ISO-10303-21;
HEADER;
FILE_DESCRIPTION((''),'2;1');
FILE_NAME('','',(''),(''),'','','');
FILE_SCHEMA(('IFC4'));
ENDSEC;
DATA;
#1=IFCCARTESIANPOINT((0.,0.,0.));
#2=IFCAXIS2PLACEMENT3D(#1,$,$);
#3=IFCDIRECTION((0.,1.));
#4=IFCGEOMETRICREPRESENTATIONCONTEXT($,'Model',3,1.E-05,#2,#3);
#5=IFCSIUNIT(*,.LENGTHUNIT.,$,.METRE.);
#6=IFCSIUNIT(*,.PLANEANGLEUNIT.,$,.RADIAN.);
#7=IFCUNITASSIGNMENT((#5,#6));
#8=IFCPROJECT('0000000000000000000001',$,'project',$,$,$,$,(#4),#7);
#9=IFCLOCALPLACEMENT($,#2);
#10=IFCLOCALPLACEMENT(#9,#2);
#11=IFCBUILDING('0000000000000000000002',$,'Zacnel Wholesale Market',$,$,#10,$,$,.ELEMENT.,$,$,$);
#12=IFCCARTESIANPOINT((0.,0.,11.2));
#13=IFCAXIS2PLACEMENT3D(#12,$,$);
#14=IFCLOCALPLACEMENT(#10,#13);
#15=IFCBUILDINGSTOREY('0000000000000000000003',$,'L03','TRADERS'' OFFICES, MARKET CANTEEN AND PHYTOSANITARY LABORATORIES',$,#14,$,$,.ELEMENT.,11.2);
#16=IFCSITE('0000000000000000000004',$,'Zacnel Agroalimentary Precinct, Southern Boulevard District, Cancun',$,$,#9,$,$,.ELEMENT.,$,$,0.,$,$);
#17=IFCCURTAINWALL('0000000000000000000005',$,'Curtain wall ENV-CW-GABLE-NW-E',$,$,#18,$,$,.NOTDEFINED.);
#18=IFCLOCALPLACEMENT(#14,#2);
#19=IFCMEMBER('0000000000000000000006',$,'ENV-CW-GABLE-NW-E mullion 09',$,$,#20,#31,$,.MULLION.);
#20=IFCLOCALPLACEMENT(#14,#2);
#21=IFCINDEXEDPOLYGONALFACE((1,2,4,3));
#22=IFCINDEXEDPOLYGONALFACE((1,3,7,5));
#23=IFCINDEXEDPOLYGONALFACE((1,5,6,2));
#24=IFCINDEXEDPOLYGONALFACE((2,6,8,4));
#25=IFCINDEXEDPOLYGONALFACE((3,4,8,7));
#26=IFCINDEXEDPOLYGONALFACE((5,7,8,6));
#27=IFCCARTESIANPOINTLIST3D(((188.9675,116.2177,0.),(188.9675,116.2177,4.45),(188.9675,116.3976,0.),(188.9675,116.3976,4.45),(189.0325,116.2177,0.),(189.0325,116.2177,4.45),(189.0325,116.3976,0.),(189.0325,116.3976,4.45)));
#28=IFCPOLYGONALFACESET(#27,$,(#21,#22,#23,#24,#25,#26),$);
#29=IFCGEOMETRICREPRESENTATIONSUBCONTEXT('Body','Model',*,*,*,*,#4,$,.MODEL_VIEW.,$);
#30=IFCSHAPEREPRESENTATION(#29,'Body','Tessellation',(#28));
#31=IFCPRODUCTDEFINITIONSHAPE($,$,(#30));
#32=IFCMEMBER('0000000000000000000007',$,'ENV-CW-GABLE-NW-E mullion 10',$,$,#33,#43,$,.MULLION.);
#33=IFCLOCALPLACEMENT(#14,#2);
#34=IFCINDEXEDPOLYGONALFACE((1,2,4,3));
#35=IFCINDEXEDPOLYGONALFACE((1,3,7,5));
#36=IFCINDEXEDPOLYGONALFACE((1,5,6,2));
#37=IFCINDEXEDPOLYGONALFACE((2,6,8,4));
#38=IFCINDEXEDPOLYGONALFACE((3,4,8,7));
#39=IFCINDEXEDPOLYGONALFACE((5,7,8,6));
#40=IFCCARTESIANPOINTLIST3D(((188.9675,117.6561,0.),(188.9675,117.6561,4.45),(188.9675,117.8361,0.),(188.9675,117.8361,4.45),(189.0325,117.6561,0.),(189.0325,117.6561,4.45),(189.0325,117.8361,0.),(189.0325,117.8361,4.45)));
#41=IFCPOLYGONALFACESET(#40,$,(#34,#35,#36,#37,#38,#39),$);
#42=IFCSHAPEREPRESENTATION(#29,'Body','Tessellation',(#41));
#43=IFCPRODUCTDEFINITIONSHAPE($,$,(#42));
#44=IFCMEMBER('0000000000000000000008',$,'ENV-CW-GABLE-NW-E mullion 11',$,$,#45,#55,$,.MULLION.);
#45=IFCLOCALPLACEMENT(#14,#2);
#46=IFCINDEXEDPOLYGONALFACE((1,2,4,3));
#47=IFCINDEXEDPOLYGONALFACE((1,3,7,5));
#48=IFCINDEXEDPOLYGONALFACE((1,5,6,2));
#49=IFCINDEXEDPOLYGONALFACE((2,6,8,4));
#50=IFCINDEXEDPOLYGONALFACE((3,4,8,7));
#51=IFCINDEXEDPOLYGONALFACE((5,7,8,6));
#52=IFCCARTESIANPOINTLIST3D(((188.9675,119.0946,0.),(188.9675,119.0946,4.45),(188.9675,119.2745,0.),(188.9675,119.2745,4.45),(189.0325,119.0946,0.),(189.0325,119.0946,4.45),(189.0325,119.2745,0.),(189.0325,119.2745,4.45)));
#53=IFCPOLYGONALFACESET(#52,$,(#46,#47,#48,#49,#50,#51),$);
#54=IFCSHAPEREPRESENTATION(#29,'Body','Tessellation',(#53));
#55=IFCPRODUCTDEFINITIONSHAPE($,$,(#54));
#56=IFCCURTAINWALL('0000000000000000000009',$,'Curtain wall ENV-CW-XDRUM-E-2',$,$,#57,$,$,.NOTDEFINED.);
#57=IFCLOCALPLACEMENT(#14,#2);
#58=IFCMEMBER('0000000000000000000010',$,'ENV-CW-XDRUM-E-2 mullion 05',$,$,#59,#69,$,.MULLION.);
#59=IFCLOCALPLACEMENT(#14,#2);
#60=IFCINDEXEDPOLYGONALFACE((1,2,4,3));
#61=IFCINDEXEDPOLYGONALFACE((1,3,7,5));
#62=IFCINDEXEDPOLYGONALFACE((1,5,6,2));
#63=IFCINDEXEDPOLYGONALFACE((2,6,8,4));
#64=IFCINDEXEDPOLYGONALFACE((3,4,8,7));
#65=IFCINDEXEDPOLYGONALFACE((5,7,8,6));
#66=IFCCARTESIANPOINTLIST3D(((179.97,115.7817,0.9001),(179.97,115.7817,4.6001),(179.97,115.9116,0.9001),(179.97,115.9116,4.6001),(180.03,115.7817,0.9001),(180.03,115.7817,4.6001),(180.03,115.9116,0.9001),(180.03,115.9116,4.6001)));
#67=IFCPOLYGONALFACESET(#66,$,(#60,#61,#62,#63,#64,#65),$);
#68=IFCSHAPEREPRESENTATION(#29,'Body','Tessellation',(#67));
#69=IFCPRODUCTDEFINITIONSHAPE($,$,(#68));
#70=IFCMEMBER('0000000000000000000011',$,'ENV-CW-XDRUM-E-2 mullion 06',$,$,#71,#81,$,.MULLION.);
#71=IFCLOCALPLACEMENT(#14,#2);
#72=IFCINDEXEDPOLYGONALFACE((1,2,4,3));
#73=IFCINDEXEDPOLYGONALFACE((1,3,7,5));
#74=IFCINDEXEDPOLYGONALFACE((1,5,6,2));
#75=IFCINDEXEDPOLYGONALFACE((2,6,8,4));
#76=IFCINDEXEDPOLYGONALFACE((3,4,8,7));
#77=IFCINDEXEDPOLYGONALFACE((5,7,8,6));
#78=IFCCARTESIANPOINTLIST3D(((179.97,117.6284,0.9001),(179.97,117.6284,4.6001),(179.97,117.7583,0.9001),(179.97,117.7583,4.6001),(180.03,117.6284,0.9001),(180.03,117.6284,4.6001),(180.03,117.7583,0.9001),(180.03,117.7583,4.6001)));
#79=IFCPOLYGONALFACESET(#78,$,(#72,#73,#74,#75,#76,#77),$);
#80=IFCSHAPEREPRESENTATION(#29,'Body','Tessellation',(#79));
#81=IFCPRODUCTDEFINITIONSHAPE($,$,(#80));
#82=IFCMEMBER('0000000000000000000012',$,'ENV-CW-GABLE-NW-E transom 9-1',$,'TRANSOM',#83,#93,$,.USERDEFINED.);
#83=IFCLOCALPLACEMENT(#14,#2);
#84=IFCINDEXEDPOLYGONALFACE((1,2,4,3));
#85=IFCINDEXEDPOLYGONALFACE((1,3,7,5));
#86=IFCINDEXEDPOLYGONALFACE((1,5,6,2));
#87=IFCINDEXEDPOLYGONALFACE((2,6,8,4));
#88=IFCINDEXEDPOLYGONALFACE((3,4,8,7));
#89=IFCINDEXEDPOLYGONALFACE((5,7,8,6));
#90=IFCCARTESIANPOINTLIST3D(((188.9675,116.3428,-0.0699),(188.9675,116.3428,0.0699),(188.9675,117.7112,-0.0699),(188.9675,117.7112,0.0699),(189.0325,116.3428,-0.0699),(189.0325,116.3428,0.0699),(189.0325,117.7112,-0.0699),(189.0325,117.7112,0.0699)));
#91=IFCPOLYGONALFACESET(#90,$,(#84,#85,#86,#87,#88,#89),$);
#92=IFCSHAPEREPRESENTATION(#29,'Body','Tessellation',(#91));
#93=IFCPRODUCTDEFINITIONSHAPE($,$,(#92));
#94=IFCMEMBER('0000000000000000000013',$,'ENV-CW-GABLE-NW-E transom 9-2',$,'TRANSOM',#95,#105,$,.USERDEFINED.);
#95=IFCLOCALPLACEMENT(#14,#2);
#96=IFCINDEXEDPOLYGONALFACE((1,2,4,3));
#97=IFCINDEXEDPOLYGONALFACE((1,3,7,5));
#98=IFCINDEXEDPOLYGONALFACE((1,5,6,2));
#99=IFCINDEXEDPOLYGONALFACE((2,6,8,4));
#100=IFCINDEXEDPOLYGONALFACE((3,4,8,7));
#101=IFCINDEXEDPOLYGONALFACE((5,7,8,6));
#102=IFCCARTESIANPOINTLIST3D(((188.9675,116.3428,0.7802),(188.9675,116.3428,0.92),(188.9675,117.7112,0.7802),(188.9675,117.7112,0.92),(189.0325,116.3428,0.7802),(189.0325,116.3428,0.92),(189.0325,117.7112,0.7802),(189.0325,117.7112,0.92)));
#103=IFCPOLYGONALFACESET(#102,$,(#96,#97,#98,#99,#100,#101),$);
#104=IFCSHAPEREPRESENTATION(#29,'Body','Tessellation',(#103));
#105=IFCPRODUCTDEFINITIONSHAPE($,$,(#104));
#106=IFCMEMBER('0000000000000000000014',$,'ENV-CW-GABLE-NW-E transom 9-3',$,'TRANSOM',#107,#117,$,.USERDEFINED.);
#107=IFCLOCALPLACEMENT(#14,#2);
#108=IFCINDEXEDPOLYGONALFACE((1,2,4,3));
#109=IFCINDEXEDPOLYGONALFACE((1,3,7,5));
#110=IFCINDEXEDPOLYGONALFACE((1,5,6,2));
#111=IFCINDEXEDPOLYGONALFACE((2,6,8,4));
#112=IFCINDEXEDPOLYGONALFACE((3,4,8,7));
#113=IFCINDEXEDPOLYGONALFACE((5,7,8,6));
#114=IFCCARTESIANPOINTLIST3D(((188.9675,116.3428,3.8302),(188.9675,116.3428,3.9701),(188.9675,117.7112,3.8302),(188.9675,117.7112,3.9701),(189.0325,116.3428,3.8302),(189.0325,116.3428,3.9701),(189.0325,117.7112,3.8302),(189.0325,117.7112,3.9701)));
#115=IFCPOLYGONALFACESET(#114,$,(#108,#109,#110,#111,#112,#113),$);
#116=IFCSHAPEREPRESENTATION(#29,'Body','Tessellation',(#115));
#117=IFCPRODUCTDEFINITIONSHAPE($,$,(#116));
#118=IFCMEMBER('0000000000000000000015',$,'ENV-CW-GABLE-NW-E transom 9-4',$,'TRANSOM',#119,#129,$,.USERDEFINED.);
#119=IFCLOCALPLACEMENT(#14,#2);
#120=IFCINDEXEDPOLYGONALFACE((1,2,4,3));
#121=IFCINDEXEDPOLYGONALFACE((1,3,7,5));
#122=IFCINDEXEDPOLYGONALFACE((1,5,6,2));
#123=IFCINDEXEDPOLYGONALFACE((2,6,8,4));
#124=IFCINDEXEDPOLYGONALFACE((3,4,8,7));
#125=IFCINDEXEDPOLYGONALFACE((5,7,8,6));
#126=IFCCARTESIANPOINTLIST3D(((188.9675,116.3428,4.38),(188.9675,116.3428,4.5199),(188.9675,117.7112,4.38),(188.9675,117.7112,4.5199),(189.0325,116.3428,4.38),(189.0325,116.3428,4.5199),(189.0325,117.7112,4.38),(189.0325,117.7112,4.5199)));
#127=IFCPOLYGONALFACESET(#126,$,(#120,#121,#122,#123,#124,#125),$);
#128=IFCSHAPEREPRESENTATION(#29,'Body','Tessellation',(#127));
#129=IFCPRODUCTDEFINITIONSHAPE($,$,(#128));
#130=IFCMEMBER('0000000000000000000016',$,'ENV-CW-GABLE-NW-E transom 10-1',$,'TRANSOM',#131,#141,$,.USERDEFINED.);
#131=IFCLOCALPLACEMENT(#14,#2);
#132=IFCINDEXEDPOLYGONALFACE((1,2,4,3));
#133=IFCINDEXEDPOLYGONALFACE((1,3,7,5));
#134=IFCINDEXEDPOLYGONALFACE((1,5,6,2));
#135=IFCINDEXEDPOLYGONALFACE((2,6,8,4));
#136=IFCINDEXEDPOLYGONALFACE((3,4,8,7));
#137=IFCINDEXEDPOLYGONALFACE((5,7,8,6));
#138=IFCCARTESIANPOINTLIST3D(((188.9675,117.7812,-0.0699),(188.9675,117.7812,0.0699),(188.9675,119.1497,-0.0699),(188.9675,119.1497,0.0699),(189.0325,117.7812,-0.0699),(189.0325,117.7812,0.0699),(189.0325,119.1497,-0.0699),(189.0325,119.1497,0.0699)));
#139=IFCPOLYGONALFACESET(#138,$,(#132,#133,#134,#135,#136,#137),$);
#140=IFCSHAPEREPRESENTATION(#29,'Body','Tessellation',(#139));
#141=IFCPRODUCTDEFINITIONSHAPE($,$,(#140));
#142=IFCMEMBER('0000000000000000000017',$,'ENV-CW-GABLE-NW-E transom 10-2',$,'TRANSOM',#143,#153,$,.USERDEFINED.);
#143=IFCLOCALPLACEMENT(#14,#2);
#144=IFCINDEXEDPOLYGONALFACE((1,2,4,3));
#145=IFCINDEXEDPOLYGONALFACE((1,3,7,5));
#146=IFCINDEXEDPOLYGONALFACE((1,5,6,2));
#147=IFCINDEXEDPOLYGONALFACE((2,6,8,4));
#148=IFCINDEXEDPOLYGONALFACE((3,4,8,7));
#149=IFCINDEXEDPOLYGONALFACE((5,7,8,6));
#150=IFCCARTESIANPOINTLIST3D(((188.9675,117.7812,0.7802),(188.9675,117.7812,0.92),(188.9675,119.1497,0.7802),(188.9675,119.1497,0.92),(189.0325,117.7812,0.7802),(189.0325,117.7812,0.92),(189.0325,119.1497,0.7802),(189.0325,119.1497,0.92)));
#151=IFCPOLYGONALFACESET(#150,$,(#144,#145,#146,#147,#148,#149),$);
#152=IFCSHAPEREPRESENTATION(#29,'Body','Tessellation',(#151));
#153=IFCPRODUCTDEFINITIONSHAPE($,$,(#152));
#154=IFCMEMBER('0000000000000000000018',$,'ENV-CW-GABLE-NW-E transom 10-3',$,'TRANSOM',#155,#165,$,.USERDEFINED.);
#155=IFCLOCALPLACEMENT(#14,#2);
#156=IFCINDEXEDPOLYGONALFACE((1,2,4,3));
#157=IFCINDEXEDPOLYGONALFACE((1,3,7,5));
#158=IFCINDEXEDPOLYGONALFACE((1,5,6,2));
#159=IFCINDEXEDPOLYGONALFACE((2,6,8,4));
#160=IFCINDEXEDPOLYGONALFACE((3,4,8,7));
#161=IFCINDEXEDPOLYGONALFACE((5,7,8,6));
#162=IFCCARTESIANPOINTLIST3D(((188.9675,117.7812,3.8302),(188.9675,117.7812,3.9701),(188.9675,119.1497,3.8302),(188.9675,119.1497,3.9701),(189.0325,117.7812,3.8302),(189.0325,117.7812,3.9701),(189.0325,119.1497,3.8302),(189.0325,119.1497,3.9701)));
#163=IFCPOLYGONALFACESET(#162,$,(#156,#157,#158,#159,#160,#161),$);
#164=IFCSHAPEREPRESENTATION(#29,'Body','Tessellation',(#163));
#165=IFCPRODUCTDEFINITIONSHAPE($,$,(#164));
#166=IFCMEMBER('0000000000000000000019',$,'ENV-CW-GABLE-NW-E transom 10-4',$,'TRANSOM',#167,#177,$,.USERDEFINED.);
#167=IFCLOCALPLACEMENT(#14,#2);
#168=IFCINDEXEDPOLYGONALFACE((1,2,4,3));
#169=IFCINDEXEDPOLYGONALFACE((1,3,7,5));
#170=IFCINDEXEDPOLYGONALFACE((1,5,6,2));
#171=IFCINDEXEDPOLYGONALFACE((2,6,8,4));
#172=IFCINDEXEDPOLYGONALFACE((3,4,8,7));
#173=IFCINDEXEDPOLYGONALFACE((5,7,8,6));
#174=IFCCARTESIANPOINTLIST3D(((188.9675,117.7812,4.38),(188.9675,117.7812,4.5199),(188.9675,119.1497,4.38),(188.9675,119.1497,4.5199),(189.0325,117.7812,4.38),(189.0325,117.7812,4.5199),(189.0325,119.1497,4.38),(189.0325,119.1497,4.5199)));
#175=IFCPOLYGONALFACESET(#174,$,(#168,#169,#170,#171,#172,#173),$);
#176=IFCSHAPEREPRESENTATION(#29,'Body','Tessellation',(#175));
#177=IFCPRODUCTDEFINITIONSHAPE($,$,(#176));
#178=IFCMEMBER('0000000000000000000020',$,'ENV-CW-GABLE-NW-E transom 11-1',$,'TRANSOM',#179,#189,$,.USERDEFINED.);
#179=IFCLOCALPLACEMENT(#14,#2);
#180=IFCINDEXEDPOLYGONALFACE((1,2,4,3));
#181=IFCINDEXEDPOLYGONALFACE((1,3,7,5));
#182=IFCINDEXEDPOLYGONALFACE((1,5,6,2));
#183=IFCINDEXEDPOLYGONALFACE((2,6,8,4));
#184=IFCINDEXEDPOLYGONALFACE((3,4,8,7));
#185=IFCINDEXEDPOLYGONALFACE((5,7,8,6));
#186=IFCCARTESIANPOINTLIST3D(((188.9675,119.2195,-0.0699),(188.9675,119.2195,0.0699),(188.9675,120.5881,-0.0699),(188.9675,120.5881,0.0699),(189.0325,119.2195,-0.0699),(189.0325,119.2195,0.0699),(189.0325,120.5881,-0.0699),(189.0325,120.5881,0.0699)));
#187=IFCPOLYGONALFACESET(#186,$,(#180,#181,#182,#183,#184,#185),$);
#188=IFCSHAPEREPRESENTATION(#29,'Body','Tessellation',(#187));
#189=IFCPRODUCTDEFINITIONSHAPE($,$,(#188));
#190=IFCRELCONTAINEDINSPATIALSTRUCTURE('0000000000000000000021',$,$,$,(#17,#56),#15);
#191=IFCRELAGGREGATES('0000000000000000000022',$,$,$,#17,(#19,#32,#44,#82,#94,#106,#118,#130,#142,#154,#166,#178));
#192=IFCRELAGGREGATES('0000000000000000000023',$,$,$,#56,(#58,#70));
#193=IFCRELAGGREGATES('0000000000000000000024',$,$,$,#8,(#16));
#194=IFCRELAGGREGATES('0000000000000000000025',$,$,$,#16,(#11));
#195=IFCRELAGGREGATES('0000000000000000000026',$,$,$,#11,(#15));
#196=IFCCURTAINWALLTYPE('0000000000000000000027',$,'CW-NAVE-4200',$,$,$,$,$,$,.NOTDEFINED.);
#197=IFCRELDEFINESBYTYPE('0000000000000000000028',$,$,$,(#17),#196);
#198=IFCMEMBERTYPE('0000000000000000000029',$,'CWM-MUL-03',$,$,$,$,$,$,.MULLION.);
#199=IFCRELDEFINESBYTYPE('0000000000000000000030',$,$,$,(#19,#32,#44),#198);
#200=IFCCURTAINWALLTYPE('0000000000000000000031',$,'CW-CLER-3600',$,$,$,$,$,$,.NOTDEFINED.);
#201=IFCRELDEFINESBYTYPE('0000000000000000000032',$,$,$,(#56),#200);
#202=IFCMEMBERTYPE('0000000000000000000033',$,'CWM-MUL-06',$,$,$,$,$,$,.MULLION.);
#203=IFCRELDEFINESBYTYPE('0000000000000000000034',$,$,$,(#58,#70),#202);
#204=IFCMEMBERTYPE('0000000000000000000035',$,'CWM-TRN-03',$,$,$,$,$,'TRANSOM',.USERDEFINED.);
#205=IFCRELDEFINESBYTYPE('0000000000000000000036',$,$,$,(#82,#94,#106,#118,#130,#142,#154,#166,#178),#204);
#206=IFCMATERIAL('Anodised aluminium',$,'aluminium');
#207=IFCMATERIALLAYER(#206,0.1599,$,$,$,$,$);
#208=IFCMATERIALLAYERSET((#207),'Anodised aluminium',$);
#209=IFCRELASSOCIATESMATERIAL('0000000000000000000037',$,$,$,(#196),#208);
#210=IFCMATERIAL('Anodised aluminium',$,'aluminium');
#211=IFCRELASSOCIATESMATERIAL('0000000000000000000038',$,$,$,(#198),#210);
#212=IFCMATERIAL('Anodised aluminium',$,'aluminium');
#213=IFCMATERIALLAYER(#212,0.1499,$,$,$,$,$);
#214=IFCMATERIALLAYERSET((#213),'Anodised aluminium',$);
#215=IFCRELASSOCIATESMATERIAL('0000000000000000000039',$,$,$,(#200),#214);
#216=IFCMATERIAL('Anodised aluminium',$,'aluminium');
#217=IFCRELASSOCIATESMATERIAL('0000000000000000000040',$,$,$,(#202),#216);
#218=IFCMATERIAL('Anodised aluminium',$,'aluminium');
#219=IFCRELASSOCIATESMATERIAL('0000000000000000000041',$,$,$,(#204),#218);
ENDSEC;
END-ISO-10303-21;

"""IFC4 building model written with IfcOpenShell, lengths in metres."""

from ifc_helpers import new_model, si_unit, direction, frame, origin, origin_2d, place, context, subcontext, project, spatial, rectangle, extrude, material, layer, layer_set, material_profile, profile_set, type_object, element, aggregate, save


model = new_model("IFC4")

# Units and contexts
model_context = context("Model", 3, precision=1e-05, world=origin(), true_north=direction((0.0, 1.0)))
body_context = subcontext(model_context, "Body", "Model", "MODEL_VIEW")
ifc_project = project(units=[si_unit("LENGTHUNIT", "METRE"), si_unit("PLANEANGLEUNIT", "RADIAN")], contexts=[model_context])

# Site, building, storey
site_placement = place(None, origin())
site = spatial("IfcSite", under=ifc_project, at=site_placement, Name="Zacnel Agroalimentary Precinct, Southern Boulevard District, Cancun", CompositionType="ELEMENT", RefElevation=0.0)
building_placement = place(site_placement, origin())
building = spatial("IfcBuilding", under=site, at=building_placement, Name="Zacnel Wholesale Market", CompositionType="ELEMENT")
storey_placement = place(building_placement, frame((0.0, 0.0, 11.2)))
storey = spatial("IfcBuildingStorey", under=building, at=storey_placement, Name="L03", Description="TRADERS' OFFICES, MARKET CANTEEN AND PHYTOSANITARY LABORATORIES", CompositionType="ELEMENT", Elevation=11.2)

# Curtain walls, members
ifc_material_1 = material(Name="Anodised aluminium", Category="aluminium")
ifc_layer_1 = layer(ifc_material_1, 0.1599)
ifc_layer_set_1 = layer_set([ifc_layer_1], Name="Anodised aluminium")
curtain_wall_type_1 = type_object("IfcCurtainWallType", Name="CW-NAVE-4200", PredefinedType="NOTDEFINED", material=ifc_layer_set_1)
curtain_wall_1_placement = place(storey_placement, origin())
curtain_wall_1 = element("IfcCurtainWall", 1, at=curtain_wall_1_placement, inside=storey, type_object=curtain_wall_type_1, Name="Curtain wall ENV-CW-GABLE-NW-E", PredefinedType="NOTDEFINED")
ifc_material_2 = material(Name="Anodised aluminium", Category="aluminium")
ifc_material_profile_1 = material_profile(ifc_material_2, rectangle(XDim=0.0649, YDim=0.1799, at=origin_2d()), Name="AW-MULLION 65x180")
ifc_profile_set_1 = profile_set([ifc_material_profile_1], Name="Anodised aluminium")
member_type_1 = type_object("IfcMemberType", Name="CWM-MUL-03", PredefinedType="MULLION", material=ifc_profile_set_1)
member_1_placement = place(storey_placement, frame((189.0, 116.3076, 0.0), z_axis=(0.0, 0.0, 1.0), x_axis=(1.0, 0.0, 0.0)))
member_1 = element("IfcMember", 2, at=member_1_placement, type_object=member_type_1, Name="ENV-CW-GABLE-NW-E mullion 09", PredefinedType="MULLION", context=body_context, shape_type="SweptSolid", body=[
    extrude(rectangle(XDim=0.0649, YDim=0.1799, at=origin_2d()), origin(), (0.0, 0.0, 1.0), 4.45),
])
member_2_placement = place(storey_placement, frame((189.0, 117.7461, 0.0), z_axis=(0.0, 0.0, 1.0), x_axis=(1.0, 0.0, 0.0)))
member_2 = element("IfcMember", 3, at=member_2_placement, type_object=member_type_1, Name="ENV-CW-GABLE-NW-E mullion 10", PredefinedType="MULLION", context=body_context, shape_type="SweptSolid", body=[
    extrude(rectangle(XDim=0.0649, YDim=0.1799, at=origin_2d()), origin(), (0.0, 0.0, 1.0), 4.45),
])
member_3_placement = place(storey_placement, frame((189.0, 119.1846, 0.0), z_axis=(0.0, 0.0, 1.0), x_axis=(1.0, 0.0, 0.0)))
member_3 = element("IfcMember", 4, at=member_3_placement, type_object=member_type_1, Name="ENV-CW-GABLE-NW-E mullion 11", PredefinedType="MULLION", context=body_context, shape_type="SweptSolid", body=[
    extrude(rectangle(XDim=0.0649, YDim=0.1799, at=origin_2d()), origin(), (0.0, 0.0, 1.0), 4.45),
])
ifc_material_3 = material(Name="Anodised aluminium", Category="aluminium")
ifc_layer_2 = layer(ifc_material_3, 0.1499)
ifc_layer_set_2 = layer_set([ifc_layer_2], Name="Anodised aluminium")
curtain_wall_type_2 = type_object("IfcCurtainWallType", Name="CW-CLER-3600", PredefinedType="NOTDEFINED", material=ifc_layer_set_2)
curtain_wall_2_placement = place(storey_placement, origin())
curtain_wall_2 = element("IfcCurtainWall", 5, at=curtain_wall_2_placement, inside=storey, type_object=curtain_wall_type_2, Name="Curtain wall ENV-CW-XDRUM-E-2", PredefinedType="NOTDEFINED")
ifc_material_4 = material(Name="Anodised aluminium", Category="aluminium")
ifc_material_profile_2 = material_profile(ifc_material_4, rectangle(XDim=0.0601, YDim=0.1299, at=origin_2d()), Name="AW-MULLION 60x130")
ifc_profile_set_2 = profile_set([ifc_material_profile_2], Name="Anodised aluminium")
member_type_2 = type_object("IfcMemberType", Name="CWM-MUL-06", PredefinedType="MULLION", material=ifc_profile_set_2)
member_4_placement = place(storey_placement, frame((180.0, 115.8467, 0.9001), z_axis=(0.0, 0.0, 1.0), x_axis=(1.0, 0.0, 0.0)))
member_4 = element("IfcMember", 6, at=member_4_placement, type_object=member_type_2, Name="ENV-CW-XDRUM-E-2 mullion 05", PredefinedType="MULLION", context=body_context, shape_type="SweptSolid", body=[
    extrude(rectangle(XDim=0.0601, YDim=0.1299, at=origin_2d()), origin(), (0.0, 0.0, 1.0), 3.7),
])
member_5_placement = place(storey_placement, frame((180.0, 117.6934, 0.9001), z_axis=(0.0, 0.0, 1.0), x_axis=(1.0, 0.0, 0.0)))
member_5 = element("IfcMember", 7, at=member_5_placement, type_object=member_type_2, Name="ENV-CW-XDRUM-E-2 mullion 06", PredefinedType="MULLION", context=body_context, shape_type="SweptSolid", body=[
    extrude(rectangle(XDim=0.0601, YDim=0.1299, at=origin_2d()), origin(), (0.0, 0.0, 1.0), 3.7),
])

# Members
ifc_material_5 = material(Name="Anodised aluminium", Category="aluminium")
ifc_material_profile_3 = material_profile(ifc_material_5, rectangle(XDim=0.0649, YDim=0.1399, at=origin_2d()), Name="AW-TRANSOM 65x140")
ifc_profile_set_3 = profile_set([ifc_material_profile_3], Name="Anodised aluminium")
member_type_3 = type_object("IfcMemberType", Name="CWM-TRN-03", ElementType="TRANSOM", PredefinedType="USERDEFINED", material=ifc_profile_set_3)
member_6_placement = place(storey_placement, frame((189.0, 116.3428, 0.0), z_axis=(0.0, 1.0, 0.0), x_axis=(-1.0, 0.0, 0.0)))
member_6 = element("IfcMember", 8, at=member_6_placement, type_object=member_type_3, Name="ENV-CW-GABLE-NW-E transom 9-1", ObjectType="TRANSOM", PredefinedType="USERDEFINED", context=body_context, shape_type="SweptSolid", body=[
    extrude(rectangle(XDim=0.0649, YDim=0.1399, at=origin_2d()), origin(), (0.0, 0.0, 1.0), 1.3684),
])
member_7_placement = place(storey_placement, frame((189.0, 116.3428, 0.8501), z_axis=(0.0, 1.0, 0.0), x_axis=(-1.0, 0.0, 0.0)))
member_7 = element("IfcMember", 9, at=member_7_placement, type_object=member_type_3, Name="ENV-CW-GABLE-NW-E transom 9-2", ObjectType="TRANSOM", PredefinedType="USERDEFINED", context=body_context, shape_type="SweptSolid", body=[
    extrude(rectangle(XDim=0.0649, YDim=0.1399, at=origin_2d()), origin(), (0.0, 0.0, 1.0), 1.3684),
])
member_8_placement = place(storey_placement, frame((189.0, 116.3428, 3.9001), z_axis=(0.0, 1.0, 0.0), x_axis=(-1.0, 0.0, 0.0)))
member_8 = element("IfcMember", 10, at=member_8_placement, type_object=member_type_3, Name="ENV-CW-GABLE-NW-E transom 9-3", ObjectType="TRANSOM", PredefinedType="USERDEFINED", context=body_context, shape_type="SweptSolid", body=[
    extrude(rectangle(XDim=0.0649, YDim=0.1399, at=origin_2d()), origin(), (0.0, 0.0, 1.0), 1.3684),
])
member_9_placement = place(storey_placement, frame((189.0, 116.3428, 4.45), z_axis=(0.0, 1.0, 0.0), x_axis=(-1.0, 0.0, 0.0)))
member_9 = element("IfcMember", 11, at=member_9_placement, type_object=member_type_3, Name="ENV-CW-GABLE-NW-E transom 9-4", ObjectType="TRANSOM", PredefinedType="USERDEFINED", context=body_context, shape_type="SweptSolid", body=[
    extrude(rectangle(XDim=0.0649, YDim=0.1399, at=origin_2d()), origin(), (0.0, 0.0, 1.0), 1.3684),
])
member_10_placement = place(storey_placement, frame((189.0, 117.7812, 0.0), z_axis=(0.0, 1.0, 0.0), x_axis=(-1.0, 0.0, 0.0)))
member_10 = element("IfcMember", 12, at=member_10_placement, type_object=member_type_3, Name="ENV-CW-GABLE-NW-E transom 10-1", ObjectType="TRANSOM", PredefinedType="USERDEFINED", context=body_context, shape_type="SweptSolid", body=[
    extrude(rectangle(XDim=0.0649, YDim=0.1399, at=origin_2d()), origin(), (0.0, 0.0, 1.0), 1.3684),
])
member_11_placement = place(storey_placement, frame((189.0, 117.7812, 0.8501), z_axis=(0.0, 1.0, 0.0), x_axis=(-1.0, 0.0, 0.0)))
member_11 = element("IfcMember", 13, at=member_11_placement, type_object=member_type_3, Name="ENV-CW-GABLE-NW-E transom 10-2", ObjectType="TRANSOM", PredefinedType="USERDEFINED", context=body_context, shape_type="SweptSolid", body=[
    extrude(rectangle(XDim=0.0649, YDim=0.1399, at=origin_2d()), origin(), (0.0, 0.0, 1.0), 1.3684),
])
member_12_placement = place(storey_placement, frame((189.0, 117.7812, 3.9001), z_axis=(0.0, 1.0, 0.0), x_axis=(-1.0, 0.0, 0.0)))
member_12 = element("IfcMember", 14, at=member_12_placement, type_object=member_type_3, Name="ENV-CW-GABLE-NW-E transom 10-3", ObjectType="TRANSOM", PredefinedType="USERDEFINED", context=body_context, shape_type="SweptSolid", body=[
    extrude(rectangle(XDim=0.0649, YDim=0.1399, at=origin_2d()), origin(), (0.0, 0.0, 1.0), 1.3684),
])
member_13_placement = place(storey_placement, frame((189.0, 117.7812, 4.45), z_axis=(0.0, 1.0, 0.0), x_axis=(-1.0, 0.0, 0.0)))
member_13 = element("IfcMember", 15, at=member_13_placement, type_object=member_type_3, Name="ENV-CW-GABLE-NW-E transom 10-4", ObjectType="TRANSOM", PredefinedType="USERDEFINED", context=body_context, shape_type="SweptSolid", body=[
    extrude(rectangle(XDim=0.0649, YDim=0.1399, at=origin_2d()), origin(), (0.0, 0.0, 1.0), 1.3684),
])
member_14_placement = place(storey_placement, frame((189.0, 119.2195, 0.0), z_axis=(0.0, 1.0, 0.0), x_axis=(-1.0, 0.0, 0.0)))
member_14 = element("IfcMember", 16, at=member_14_placement, type_object=member_type_3, Name="ENV-CW-GABLE-NW-E transom 11-1", ObjectType="TRANSOM", PredefinedType="USERDEFINED", context=body_context, shape_type="SweptSolid", body=[
    extrude(rectangle(XDim=0.0649, YDim=0.1399, at=origin_2d()), origin(), (0.0, 0.0, 1.0), 1.3687),
])

aggregate(curtain_wall_1, [member_1, member_2, member_3, member_6, member_7, member_8, member_9, member_10, member_11, member_12, member_13, member_14])
aggregate(curtain_wall_2, [member_4, member_5])

save(model, "model.ifc")
